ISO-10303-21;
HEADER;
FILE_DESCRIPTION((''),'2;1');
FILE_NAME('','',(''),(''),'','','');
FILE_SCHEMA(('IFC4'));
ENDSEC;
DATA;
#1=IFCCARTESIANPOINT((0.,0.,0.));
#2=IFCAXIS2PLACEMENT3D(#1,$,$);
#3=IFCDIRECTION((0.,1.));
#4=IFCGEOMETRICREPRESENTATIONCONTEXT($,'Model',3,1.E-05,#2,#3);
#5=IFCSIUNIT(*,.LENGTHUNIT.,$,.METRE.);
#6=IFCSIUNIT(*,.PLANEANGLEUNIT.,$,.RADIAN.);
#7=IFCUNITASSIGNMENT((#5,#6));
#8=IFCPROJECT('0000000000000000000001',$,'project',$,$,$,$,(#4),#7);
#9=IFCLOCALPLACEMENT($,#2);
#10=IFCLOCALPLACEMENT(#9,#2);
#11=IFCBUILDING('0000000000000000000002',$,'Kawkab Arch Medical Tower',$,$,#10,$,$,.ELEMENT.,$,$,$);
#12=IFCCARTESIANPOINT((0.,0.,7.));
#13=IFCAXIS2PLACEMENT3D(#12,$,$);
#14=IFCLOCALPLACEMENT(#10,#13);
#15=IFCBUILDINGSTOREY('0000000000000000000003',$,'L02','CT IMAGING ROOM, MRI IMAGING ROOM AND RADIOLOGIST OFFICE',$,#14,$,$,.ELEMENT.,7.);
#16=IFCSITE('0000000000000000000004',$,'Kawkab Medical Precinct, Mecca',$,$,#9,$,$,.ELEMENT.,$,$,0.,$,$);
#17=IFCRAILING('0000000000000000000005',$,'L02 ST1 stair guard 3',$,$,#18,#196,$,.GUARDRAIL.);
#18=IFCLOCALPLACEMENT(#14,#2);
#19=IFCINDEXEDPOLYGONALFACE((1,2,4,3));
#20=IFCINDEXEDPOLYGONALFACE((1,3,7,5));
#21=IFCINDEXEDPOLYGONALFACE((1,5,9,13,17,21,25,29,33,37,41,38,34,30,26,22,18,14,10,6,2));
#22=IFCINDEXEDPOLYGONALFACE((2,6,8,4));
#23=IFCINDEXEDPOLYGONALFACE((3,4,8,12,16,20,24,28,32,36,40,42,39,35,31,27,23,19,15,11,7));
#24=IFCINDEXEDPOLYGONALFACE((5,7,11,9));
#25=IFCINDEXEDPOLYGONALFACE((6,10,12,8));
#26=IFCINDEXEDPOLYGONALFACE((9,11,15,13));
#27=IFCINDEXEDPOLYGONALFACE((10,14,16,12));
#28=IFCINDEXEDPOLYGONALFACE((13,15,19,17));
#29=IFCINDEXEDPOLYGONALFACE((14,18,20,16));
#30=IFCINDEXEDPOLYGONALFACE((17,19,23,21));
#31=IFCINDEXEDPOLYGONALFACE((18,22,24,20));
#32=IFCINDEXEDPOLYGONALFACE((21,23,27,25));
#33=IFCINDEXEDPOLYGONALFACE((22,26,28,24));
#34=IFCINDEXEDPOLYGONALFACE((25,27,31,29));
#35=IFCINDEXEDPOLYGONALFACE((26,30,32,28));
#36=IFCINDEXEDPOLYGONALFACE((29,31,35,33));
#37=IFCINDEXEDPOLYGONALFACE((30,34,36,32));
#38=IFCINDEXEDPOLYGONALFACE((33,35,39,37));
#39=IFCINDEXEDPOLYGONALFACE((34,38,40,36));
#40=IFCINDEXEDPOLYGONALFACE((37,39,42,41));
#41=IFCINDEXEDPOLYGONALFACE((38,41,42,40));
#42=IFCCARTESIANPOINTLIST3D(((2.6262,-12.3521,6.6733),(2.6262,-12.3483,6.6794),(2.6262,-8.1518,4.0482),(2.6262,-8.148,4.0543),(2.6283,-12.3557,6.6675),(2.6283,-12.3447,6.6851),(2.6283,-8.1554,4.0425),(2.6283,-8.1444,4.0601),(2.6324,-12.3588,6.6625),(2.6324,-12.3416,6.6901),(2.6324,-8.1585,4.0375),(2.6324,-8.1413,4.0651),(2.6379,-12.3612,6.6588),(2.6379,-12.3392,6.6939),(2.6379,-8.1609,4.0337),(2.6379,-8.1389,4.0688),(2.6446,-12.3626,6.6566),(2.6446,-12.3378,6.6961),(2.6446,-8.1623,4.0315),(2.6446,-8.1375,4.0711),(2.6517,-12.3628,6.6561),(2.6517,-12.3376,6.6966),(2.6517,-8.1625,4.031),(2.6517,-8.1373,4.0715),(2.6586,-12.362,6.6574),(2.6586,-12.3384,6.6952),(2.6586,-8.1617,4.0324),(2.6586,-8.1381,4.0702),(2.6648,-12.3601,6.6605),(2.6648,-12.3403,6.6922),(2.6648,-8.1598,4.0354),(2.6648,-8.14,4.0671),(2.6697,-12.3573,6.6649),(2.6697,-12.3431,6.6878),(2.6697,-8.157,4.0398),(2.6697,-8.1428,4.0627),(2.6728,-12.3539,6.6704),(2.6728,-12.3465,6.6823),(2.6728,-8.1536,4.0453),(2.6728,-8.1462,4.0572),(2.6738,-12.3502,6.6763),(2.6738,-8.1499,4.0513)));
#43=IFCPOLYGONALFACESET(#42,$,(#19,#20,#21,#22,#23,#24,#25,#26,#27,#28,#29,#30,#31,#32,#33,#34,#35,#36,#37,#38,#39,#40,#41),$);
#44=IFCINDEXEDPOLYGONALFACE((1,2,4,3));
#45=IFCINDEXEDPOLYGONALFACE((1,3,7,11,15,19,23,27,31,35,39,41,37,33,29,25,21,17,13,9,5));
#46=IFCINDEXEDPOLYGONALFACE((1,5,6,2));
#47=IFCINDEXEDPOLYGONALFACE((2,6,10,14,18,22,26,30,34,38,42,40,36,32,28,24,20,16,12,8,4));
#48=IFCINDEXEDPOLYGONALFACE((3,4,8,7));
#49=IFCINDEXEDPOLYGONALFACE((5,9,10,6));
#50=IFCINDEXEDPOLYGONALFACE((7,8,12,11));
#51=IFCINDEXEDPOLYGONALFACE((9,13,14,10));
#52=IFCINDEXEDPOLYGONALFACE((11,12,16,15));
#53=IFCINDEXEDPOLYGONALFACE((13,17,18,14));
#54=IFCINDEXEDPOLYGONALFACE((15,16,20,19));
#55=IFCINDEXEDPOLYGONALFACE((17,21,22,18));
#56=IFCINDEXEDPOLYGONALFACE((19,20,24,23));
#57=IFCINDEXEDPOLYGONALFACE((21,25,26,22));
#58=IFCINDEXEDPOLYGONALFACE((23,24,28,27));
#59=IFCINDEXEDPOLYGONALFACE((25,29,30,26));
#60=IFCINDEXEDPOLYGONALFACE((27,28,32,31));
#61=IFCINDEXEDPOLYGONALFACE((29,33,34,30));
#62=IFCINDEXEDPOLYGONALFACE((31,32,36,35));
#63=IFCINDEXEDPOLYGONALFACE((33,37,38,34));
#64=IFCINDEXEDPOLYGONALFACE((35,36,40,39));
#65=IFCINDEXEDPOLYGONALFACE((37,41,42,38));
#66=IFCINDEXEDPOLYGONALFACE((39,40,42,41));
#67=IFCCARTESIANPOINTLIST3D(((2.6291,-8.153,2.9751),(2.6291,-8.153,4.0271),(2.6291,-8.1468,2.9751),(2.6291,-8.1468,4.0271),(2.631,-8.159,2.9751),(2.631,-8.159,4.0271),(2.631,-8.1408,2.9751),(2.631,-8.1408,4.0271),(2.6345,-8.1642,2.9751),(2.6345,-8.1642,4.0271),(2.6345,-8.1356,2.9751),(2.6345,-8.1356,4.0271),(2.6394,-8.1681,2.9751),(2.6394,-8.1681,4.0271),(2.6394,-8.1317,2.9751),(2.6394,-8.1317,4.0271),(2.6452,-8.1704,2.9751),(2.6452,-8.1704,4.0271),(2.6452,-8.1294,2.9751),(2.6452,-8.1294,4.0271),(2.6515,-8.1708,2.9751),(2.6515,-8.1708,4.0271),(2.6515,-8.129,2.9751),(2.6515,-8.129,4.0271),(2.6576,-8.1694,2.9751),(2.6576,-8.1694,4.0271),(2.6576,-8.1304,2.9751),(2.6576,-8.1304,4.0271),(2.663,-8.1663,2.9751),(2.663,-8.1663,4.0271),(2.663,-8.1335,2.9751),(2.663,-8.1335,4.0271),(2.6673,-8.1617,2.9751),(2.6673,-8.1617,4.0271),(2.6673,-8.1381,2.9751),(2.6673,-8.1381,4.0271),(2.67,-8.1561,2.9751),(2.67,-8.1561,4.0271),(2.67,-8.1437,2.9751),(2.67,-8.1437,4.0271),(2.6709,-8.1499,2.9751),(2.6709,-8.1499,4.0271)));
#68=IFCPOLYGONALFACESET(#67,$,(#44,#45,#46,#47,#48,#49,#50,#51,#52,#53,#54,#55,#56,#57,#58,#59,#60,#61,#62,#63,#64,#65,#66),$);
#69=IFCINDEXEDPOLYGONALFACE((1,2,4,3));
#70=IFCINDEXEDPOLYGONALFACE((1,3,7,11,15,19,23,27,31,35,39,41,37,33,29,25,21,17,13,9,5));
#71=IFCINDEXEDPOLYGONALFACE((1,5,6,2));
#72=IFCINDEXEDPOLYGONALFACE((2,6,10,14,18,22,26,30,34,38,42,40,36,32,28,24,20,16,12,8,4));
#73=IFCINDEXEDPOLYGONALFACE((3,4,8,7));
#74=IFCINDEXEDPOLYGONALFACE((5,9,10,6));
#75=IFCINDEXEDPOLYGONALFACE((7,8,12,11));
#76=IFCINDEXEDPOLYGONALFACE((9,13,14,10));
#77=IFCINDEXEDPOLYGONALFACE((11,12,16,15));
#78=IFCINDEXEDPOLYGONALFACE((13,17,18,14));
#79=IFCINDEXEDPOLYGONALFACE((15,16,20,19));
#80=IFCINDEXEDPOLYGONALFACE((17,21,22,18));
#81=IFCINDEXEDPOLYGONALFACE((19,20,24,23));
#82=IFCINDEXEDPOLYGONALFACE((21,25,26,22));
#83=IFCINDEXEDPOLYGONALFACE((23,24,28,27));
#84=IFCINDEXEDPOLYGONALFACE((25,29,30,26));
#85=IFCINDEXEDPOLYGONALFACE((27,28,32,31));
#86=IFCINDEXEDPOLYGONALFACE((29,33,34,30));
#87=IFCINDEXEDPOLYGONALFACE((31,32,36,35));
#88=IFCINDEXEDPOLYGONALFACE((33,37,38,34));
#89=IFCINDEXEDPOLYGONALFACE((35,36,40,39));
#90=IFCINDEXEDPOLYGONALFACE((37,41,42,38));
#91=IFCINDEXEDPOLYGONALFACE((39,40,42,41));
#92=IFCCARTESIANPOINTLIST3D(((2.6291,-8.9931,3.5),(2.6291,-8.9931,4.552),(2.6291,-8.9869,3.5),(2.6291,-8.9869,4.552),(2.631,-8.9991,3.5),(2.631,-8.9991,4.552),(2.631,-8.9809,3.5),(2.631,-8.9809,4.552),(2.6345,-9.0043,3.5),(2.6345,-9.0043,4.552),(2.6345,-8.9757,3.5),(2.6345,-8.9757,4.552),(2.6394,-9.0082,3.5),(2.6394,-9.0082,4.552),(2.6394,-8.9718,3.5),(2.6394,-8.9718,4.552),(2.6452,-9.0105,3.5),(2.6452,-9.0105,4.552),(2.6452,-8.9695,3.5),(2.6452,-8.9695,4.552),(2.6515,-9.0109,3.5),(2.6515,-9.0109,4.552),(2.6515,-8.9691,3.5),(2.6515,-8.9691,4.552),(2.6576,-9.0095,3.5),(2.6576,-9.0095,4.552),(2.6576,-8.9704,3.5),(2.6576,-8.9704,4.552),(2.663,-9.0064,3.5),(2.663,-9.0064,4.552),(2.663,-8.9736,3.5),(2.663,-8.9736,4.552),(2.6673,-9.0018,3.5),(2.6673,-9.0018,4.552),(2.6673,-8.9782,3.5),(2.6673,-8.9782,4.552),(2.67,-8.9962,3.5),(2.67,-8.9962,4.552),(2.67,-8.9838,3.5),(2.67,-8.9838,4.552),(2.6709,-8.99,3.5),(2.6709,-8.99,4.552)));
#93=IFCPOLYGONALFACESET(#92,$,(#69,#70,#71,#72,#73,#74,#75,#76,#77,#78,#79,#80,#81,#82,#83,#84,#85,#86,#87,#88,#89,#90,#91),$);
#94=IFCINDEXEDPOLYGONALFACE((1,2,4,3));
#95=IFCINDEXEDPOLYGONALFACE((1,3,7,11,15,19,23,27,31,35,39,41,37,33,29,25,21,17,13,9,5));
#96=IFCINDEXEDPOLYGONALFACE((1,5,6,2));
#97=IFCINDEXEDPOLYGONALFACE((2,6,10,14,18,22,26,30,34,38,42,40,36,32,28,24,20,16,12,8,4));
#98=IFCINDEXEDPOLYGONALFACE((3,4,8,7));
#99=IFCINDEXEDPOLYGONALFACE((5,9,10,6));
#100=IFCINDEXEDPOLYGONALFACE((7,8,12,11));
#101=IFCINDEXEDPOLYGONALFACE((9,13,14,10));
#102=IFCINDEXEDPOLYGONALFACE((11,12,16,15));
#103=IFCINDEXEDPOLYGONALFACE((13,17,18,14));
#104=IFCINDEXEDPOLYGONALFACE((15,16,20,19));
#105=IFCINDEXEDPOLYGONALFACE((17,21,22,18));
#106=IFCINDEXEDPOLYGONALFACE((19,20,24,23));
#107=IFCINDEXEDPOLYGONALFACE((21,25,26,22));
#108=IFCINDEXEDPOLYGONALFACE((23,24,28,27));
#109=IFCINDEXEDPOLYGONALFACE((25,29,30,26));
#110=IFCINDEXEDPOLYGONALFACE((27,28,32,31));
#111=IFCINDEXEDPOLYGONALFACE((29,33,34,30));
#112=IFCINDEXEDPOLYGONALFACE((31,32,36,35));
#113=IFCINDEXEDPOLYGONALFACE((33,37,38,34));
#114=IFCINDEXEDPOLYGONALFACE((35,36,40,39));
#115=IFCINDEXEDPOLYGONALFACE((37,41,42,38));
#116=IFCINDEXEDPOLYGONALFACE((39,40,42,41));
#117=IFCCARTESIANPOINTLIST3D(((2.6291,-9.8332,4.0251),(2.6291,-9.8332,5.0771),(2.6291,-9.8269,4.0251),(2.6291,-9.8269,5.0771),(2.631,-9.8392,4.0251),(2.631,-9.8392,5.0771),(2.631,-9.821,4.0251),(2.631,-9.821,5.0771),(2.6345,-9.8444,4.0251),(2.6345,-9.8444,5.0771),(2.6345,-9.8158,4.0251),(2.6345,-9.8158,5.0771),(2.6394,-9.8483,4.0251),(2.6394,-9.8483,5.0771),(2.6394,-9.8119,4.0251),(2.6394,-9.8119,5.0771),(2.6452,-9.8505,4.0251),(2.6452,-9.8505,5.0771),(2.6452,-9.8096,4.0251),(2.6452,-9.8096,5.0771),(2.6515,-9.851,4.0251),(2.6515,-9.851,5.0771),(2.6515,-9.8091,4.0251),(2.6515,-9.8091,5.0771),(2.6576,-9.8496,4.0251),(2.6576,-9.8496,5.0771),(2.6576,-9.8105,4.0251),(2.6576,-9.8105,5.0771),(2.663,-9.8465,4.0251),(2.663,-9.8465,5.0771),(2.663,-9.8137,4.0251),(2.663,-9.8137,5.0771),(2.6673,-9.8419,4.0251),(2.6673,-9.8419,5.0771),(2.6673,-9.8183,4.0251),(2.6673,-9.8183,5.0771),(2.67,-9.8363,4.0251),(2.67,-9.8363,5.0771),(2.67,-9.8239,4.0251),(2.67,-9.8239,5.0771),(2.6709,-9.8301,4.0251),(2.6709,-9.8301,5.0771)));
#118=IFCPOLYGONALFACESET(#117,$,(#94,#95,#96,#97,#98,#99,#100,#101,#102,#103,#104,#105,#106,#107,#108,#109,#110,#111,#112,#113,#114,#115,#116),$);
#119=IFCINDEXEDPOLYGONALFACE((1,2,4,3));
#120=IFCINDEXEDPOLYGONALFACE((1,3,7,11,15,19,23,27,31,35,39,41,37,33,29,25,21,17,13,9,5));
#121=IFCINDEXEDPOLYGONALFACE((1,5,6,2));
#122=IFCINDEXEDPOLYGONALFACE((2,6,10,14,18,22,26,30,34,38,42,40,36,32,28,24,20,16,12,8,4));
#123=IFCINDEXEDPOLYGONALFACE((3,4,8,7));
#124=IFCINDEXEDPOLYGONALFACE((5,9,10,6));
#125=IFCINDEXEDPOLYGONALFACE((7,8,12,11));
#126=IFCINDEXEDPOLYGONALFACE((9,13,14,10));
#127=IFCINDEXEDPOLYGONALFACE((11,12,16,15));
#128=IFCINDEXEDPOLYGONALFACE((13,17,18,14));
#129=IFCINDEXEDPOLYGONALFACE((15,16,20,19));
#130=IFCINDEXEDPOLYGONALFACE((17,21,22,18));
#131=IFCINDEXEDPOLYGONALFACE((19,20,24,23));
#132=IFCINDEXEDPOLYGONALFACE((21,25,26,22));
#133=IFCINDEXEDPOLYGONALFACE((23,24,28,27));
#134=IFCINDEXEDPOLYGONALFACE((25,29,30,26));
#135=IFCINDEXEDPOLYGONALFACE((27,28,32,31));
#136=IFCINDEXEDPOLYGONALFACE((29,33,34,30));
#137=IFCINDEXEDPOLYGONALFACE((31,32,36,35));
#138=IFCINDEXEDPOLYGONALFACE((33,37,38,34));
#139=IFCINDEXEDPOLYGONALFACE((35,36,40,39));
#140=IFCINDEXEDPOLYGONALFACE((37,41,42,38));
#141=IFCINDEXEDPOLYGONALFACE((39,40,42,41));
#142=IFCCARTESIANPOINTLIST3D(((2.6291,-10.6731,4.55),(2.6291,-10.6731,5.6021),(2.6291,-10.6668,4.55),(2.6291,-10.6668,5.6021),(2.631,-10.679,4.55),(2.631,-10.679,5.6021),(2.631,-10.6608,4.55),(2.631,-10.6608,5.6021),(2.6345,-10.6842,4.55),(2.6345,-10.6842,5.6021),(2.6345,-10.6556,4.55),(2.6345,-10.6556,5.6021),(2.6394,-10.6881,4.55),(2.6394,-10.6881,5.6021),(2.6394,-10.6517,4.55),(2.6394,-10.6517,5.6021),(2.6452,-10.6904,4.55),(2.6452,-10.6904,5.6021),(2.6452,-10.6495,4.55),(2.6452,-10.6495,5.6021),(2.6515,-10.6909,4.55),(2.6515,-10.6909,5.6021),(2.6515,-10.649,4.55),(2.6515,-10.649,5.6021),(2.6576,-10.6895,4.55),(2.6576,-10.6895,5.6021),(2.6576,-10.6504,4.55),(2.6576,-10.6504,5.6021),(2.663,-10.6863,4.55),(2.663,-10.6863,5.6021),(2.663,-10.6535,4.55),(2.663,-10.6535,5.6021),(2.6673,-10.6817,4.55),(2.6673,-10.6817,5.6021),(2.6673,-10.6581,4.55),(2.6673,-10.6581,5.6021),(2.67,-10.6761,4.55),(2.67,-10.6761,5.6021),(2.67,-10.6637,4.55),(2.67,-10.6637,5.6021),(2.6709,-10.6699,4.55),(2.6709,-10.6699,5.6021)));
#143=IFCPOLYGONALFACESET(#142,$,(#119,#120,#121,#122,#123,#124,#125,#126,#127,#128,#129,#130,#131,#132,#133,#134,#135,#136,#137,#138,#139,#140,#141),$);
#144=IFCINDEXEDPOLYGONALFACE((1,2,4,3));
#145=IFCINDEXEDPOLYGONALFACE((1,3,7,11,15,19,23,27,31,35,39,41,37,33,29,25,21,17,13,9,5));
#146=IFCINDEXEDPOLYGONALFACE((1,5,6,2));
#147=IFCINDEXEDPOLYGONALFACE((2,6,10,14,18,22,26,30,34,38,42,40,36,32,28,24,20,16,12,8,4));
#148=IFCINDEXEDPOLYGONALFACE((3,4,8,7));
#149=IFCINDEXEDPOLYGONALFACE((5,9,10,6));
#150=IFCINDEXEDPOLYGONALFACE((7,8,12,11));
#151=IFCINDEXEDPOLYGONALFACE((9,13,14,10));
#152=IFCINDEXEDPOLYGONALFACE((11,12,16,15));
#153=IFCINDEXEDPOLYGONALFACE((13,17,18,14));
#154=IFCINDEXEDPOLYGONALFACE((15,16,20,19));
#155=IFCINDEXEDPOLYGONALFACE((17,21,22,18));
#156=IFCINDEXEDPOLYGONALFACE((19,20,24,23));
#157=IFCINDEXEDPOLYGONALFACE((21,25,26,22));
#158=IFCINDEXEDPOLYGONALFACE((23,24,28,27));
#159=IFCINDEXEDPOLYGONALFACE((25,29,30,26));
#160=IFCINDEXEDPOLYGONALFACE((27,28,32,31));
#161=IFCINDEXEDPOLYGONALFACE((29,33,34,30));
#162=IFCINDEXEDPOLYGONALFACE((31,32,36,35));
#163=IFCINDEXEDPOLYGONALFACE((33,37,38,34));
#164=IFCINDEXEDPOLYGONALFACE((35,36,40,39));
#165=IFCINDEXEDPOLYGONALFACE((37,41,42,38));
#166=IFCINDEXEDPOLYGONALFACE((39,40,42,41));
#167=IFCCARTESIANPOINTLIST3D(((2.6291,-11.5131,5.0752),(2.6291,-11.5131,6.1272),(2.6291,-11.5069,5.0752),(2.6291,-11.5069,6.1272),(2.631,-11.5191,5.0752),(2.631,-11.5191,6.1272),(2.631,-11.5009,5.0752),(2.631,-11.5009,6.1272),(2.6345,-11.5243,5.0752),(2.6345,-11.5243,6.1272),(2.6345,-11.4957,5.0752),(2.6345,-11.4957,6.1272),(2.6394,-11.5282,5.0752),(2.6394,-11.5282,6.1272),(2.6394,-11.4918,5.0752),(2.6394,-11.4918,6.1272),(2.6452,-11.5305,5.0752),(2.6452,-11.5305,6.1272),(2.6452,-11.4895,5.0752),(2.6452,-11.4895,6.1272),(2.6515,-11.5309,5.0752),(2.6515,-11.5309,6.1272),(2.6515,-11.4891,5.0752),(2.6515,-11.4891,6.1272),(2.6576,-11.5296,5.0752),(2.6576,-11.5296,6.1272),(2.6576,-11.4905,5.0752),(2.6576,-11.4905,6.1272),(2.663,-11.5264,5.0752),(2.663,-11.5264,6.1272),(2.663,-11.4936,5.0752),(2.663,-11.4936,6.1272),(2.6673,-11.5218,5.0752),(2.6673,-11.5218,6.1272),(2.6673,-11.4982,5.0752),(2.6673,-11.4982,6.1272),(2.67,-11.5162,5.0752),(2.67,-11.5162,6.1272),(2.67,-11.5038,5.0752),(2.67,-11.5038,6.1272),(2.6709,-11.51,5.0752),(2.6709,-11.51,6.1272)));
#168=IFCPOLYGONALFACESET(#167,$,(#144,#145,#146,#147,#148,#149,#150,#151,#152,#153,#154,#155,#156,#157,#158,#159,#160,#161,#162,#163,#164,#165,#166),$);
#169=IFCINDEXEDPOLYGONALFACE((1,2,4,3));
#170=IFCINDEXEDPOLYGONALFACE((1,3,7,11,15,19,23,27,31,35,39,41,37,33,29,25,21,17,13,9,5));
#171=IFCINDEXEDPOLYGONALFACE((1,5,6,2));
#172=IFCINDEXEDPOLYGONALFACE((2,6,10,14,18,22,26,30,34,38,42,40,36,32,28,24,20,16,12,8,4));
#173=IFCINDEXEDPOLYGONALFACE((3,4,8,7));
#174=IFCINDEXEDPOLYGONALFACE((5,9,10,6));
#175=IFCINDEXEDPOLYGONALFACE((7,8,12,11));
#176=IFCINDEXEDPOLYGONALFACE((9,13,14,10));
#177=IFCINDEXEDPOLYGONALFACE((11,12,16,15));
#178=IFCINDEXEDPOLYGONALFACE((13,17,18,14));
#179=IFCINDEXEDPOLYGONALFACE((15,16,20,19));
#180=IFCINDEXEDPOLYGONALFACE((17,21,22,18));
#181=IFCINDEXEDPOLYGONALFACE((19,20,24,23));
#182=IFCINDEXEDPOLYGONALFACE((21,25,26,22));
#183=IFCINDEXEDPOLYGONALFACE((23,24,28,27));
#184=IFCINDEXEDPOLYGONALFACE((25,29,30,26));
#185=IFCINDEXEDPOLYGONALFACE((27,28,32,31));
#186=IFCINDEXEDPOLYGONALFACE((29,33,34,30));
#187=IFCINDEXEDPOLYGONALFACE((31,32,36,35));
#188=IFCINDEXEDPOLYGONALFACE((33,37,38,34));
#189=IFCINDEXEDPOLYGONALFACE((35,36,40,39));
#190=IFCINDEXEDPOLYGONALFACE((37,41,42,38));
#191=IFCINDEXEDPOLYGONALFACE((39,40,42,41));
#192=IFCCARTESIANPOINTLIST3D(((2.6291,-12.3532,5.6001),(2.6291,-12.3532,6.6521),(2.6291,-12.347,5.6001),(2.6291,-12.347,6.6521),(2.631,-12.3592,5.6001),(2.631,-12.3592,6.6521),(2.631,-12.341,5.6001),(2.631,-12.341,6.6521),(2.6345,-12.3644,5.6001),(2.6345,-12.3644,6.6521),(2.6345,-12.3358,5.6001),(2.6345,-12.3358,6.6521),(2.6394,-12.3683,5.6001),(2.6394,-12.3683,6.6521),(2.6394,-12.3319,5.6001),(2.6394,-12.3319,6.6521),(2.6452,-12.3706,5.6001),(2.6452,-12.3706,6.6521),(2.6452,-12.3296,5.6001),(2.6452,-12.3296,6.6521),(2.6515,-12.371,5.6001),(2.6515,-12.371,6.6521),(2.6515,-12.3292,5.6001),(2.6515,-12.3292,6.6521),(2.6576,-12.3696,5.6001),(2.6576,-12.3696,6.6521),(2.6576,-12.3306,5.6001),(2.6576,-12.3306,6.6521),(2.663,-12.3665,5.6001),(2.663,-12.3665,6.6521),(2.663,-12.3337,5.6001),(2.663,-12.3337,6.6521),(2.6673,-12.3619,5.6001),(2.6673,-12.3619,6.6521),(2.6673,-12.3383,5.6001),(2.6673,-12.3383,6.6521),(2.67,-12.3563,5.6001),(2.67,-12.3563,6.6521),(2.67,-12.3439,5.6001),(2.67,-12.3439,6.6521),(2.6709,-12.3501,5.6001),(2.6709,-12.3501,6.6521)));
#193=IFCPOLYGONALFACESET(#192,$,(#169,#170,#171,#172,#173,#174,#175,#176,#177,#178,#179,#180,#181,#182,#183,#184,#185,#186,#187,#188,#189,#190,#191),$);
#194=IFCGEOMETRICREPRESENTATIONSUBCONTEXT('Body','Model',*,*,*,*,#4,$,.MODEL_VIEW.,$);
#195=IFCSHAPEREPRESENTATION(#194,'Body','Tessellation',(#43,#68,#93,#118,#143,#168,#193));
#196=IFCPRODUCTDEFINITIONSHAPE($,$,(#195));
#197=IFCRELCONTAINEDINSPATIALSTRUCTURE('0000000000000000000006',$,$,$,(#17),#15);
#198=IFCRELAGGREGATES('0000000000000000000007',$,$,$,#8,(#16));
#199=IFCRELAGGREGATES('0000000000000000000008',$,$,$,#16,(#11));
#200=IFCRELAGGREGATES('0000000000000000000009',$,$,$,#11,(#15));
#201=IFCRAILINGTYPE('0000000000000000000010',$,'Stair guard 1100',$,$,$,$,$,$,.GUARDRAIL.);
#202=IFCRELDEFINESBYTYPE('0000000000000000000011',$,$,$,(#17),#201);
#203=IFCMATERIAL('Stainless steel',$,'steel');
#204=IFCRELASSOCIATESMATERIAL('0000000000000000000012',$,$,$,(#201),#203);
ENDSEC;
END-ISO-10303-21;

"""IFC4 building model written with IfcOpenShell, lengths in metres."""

from ifc_helpers import new_model, si_unit, direction, frame, origin, origin_2d, place, context, subcontext, project, spatial, circle, extrude, material, type_object, element, save


model = new_model("IFC4")

# Units and contexts
model_context = context("Model", 3, precision=1e-05, world=origin(), true_north=direction((0.0, 1.0)))
body_context = subcontext(model_context, "Body", "Model", "MODEL_VIEW")
ifc_project = project(units=[si_unit("LENGTHUNIT", "METRE"), si_unit("PLANEANGLEUNIT", "RADIAN")], contexts=[model_context])

# Site, building, storey
site_placement = place(None, origin())
site = spatial("IfcSite", under=ifc_project, at=site_placement, Name="Kawkab Medical Precinct, Mecca", CompositionType="ELEMENT", RefElevation=0.0)
building_placement = place(site_placement, origin())
building = spatial("IfcBuilding", under=site, at=building_placement, Name="Kawkab Arch Medical Tower", CompositionType="ELEMENT")
storey_placement = place(building_placement, frame((0.0, 0.0, 7.0)))
storey = spatial("IfcBuildingStorey", under=building, at=storey_placement, Name="L02", Description="CT IMAGING ROOM, MRI IMAGING ROOM AND RADIOLOGIST OFFICE", CompositionType="ELEMENT", Elevation=7.0)

# Railing
ifc_material_1 = material(Name="Stainless steel", Category="steel")
railing_type = type_object("IfcRailingType", Name="Stair guard 1100", PredefinedType="GUARDRAIL", material=ifc_material_1)
railing_1_placement = place(storey_placement, frame((2.6499, -8.1499, 2.9751)))
element("IfcRailing", 1, at=railing_1_placement, inside=storey, type_object=railing_type, Name="L02 ST1 stair guard 3", PredefinedType="GUARDRAIL", context=body_context, shape_type="SweptSolid", body=[
    extrude(circle(Radius=0.0239, at=origin_2d()), frame((0.0, 0.0, 1.0762), z_axis=(0.0, -0.848009, 0.529981), x_axis=(1.0, 0.0, 0.0)), (0.0, 0.0, 1.0), 4.9531),
    extrude(circle(Radius=0.021, at=origin_2d()), origin(), (0.0, 0.0, 1.0), 1.052),
    extrude(circle(Radius=0.021, at=origin_2d()), frame((0.0, -0.8401, 0.5249)), (0.0, 0.0, 1.0), 1.052),
    extrude(circle(Radius=0.021, at=origin_2d()), frame((0.0, -1.6802, 1.05)), (0.0, 0.0, 1.0), 1.052),
    extrude(circle(Radius=0.021, at=origin_2d()), frame((0.0, -2.52, 1.575)), (0.0, 0.0, 1.0), 1.052),
    extrude(circle(Radius=0.021, at=origin_2d()), frame((0.0, -3.3601, 2.1001)), (0.0, 0.0, 1.0), 1.052),
    extrude(circle(Radius=0.021, at=origin_2d()), frame((0.0, -4.2002, 2.625)), (0.0, 0.0, 1.0), 1.052),
])

save(model, "model.ifc")
